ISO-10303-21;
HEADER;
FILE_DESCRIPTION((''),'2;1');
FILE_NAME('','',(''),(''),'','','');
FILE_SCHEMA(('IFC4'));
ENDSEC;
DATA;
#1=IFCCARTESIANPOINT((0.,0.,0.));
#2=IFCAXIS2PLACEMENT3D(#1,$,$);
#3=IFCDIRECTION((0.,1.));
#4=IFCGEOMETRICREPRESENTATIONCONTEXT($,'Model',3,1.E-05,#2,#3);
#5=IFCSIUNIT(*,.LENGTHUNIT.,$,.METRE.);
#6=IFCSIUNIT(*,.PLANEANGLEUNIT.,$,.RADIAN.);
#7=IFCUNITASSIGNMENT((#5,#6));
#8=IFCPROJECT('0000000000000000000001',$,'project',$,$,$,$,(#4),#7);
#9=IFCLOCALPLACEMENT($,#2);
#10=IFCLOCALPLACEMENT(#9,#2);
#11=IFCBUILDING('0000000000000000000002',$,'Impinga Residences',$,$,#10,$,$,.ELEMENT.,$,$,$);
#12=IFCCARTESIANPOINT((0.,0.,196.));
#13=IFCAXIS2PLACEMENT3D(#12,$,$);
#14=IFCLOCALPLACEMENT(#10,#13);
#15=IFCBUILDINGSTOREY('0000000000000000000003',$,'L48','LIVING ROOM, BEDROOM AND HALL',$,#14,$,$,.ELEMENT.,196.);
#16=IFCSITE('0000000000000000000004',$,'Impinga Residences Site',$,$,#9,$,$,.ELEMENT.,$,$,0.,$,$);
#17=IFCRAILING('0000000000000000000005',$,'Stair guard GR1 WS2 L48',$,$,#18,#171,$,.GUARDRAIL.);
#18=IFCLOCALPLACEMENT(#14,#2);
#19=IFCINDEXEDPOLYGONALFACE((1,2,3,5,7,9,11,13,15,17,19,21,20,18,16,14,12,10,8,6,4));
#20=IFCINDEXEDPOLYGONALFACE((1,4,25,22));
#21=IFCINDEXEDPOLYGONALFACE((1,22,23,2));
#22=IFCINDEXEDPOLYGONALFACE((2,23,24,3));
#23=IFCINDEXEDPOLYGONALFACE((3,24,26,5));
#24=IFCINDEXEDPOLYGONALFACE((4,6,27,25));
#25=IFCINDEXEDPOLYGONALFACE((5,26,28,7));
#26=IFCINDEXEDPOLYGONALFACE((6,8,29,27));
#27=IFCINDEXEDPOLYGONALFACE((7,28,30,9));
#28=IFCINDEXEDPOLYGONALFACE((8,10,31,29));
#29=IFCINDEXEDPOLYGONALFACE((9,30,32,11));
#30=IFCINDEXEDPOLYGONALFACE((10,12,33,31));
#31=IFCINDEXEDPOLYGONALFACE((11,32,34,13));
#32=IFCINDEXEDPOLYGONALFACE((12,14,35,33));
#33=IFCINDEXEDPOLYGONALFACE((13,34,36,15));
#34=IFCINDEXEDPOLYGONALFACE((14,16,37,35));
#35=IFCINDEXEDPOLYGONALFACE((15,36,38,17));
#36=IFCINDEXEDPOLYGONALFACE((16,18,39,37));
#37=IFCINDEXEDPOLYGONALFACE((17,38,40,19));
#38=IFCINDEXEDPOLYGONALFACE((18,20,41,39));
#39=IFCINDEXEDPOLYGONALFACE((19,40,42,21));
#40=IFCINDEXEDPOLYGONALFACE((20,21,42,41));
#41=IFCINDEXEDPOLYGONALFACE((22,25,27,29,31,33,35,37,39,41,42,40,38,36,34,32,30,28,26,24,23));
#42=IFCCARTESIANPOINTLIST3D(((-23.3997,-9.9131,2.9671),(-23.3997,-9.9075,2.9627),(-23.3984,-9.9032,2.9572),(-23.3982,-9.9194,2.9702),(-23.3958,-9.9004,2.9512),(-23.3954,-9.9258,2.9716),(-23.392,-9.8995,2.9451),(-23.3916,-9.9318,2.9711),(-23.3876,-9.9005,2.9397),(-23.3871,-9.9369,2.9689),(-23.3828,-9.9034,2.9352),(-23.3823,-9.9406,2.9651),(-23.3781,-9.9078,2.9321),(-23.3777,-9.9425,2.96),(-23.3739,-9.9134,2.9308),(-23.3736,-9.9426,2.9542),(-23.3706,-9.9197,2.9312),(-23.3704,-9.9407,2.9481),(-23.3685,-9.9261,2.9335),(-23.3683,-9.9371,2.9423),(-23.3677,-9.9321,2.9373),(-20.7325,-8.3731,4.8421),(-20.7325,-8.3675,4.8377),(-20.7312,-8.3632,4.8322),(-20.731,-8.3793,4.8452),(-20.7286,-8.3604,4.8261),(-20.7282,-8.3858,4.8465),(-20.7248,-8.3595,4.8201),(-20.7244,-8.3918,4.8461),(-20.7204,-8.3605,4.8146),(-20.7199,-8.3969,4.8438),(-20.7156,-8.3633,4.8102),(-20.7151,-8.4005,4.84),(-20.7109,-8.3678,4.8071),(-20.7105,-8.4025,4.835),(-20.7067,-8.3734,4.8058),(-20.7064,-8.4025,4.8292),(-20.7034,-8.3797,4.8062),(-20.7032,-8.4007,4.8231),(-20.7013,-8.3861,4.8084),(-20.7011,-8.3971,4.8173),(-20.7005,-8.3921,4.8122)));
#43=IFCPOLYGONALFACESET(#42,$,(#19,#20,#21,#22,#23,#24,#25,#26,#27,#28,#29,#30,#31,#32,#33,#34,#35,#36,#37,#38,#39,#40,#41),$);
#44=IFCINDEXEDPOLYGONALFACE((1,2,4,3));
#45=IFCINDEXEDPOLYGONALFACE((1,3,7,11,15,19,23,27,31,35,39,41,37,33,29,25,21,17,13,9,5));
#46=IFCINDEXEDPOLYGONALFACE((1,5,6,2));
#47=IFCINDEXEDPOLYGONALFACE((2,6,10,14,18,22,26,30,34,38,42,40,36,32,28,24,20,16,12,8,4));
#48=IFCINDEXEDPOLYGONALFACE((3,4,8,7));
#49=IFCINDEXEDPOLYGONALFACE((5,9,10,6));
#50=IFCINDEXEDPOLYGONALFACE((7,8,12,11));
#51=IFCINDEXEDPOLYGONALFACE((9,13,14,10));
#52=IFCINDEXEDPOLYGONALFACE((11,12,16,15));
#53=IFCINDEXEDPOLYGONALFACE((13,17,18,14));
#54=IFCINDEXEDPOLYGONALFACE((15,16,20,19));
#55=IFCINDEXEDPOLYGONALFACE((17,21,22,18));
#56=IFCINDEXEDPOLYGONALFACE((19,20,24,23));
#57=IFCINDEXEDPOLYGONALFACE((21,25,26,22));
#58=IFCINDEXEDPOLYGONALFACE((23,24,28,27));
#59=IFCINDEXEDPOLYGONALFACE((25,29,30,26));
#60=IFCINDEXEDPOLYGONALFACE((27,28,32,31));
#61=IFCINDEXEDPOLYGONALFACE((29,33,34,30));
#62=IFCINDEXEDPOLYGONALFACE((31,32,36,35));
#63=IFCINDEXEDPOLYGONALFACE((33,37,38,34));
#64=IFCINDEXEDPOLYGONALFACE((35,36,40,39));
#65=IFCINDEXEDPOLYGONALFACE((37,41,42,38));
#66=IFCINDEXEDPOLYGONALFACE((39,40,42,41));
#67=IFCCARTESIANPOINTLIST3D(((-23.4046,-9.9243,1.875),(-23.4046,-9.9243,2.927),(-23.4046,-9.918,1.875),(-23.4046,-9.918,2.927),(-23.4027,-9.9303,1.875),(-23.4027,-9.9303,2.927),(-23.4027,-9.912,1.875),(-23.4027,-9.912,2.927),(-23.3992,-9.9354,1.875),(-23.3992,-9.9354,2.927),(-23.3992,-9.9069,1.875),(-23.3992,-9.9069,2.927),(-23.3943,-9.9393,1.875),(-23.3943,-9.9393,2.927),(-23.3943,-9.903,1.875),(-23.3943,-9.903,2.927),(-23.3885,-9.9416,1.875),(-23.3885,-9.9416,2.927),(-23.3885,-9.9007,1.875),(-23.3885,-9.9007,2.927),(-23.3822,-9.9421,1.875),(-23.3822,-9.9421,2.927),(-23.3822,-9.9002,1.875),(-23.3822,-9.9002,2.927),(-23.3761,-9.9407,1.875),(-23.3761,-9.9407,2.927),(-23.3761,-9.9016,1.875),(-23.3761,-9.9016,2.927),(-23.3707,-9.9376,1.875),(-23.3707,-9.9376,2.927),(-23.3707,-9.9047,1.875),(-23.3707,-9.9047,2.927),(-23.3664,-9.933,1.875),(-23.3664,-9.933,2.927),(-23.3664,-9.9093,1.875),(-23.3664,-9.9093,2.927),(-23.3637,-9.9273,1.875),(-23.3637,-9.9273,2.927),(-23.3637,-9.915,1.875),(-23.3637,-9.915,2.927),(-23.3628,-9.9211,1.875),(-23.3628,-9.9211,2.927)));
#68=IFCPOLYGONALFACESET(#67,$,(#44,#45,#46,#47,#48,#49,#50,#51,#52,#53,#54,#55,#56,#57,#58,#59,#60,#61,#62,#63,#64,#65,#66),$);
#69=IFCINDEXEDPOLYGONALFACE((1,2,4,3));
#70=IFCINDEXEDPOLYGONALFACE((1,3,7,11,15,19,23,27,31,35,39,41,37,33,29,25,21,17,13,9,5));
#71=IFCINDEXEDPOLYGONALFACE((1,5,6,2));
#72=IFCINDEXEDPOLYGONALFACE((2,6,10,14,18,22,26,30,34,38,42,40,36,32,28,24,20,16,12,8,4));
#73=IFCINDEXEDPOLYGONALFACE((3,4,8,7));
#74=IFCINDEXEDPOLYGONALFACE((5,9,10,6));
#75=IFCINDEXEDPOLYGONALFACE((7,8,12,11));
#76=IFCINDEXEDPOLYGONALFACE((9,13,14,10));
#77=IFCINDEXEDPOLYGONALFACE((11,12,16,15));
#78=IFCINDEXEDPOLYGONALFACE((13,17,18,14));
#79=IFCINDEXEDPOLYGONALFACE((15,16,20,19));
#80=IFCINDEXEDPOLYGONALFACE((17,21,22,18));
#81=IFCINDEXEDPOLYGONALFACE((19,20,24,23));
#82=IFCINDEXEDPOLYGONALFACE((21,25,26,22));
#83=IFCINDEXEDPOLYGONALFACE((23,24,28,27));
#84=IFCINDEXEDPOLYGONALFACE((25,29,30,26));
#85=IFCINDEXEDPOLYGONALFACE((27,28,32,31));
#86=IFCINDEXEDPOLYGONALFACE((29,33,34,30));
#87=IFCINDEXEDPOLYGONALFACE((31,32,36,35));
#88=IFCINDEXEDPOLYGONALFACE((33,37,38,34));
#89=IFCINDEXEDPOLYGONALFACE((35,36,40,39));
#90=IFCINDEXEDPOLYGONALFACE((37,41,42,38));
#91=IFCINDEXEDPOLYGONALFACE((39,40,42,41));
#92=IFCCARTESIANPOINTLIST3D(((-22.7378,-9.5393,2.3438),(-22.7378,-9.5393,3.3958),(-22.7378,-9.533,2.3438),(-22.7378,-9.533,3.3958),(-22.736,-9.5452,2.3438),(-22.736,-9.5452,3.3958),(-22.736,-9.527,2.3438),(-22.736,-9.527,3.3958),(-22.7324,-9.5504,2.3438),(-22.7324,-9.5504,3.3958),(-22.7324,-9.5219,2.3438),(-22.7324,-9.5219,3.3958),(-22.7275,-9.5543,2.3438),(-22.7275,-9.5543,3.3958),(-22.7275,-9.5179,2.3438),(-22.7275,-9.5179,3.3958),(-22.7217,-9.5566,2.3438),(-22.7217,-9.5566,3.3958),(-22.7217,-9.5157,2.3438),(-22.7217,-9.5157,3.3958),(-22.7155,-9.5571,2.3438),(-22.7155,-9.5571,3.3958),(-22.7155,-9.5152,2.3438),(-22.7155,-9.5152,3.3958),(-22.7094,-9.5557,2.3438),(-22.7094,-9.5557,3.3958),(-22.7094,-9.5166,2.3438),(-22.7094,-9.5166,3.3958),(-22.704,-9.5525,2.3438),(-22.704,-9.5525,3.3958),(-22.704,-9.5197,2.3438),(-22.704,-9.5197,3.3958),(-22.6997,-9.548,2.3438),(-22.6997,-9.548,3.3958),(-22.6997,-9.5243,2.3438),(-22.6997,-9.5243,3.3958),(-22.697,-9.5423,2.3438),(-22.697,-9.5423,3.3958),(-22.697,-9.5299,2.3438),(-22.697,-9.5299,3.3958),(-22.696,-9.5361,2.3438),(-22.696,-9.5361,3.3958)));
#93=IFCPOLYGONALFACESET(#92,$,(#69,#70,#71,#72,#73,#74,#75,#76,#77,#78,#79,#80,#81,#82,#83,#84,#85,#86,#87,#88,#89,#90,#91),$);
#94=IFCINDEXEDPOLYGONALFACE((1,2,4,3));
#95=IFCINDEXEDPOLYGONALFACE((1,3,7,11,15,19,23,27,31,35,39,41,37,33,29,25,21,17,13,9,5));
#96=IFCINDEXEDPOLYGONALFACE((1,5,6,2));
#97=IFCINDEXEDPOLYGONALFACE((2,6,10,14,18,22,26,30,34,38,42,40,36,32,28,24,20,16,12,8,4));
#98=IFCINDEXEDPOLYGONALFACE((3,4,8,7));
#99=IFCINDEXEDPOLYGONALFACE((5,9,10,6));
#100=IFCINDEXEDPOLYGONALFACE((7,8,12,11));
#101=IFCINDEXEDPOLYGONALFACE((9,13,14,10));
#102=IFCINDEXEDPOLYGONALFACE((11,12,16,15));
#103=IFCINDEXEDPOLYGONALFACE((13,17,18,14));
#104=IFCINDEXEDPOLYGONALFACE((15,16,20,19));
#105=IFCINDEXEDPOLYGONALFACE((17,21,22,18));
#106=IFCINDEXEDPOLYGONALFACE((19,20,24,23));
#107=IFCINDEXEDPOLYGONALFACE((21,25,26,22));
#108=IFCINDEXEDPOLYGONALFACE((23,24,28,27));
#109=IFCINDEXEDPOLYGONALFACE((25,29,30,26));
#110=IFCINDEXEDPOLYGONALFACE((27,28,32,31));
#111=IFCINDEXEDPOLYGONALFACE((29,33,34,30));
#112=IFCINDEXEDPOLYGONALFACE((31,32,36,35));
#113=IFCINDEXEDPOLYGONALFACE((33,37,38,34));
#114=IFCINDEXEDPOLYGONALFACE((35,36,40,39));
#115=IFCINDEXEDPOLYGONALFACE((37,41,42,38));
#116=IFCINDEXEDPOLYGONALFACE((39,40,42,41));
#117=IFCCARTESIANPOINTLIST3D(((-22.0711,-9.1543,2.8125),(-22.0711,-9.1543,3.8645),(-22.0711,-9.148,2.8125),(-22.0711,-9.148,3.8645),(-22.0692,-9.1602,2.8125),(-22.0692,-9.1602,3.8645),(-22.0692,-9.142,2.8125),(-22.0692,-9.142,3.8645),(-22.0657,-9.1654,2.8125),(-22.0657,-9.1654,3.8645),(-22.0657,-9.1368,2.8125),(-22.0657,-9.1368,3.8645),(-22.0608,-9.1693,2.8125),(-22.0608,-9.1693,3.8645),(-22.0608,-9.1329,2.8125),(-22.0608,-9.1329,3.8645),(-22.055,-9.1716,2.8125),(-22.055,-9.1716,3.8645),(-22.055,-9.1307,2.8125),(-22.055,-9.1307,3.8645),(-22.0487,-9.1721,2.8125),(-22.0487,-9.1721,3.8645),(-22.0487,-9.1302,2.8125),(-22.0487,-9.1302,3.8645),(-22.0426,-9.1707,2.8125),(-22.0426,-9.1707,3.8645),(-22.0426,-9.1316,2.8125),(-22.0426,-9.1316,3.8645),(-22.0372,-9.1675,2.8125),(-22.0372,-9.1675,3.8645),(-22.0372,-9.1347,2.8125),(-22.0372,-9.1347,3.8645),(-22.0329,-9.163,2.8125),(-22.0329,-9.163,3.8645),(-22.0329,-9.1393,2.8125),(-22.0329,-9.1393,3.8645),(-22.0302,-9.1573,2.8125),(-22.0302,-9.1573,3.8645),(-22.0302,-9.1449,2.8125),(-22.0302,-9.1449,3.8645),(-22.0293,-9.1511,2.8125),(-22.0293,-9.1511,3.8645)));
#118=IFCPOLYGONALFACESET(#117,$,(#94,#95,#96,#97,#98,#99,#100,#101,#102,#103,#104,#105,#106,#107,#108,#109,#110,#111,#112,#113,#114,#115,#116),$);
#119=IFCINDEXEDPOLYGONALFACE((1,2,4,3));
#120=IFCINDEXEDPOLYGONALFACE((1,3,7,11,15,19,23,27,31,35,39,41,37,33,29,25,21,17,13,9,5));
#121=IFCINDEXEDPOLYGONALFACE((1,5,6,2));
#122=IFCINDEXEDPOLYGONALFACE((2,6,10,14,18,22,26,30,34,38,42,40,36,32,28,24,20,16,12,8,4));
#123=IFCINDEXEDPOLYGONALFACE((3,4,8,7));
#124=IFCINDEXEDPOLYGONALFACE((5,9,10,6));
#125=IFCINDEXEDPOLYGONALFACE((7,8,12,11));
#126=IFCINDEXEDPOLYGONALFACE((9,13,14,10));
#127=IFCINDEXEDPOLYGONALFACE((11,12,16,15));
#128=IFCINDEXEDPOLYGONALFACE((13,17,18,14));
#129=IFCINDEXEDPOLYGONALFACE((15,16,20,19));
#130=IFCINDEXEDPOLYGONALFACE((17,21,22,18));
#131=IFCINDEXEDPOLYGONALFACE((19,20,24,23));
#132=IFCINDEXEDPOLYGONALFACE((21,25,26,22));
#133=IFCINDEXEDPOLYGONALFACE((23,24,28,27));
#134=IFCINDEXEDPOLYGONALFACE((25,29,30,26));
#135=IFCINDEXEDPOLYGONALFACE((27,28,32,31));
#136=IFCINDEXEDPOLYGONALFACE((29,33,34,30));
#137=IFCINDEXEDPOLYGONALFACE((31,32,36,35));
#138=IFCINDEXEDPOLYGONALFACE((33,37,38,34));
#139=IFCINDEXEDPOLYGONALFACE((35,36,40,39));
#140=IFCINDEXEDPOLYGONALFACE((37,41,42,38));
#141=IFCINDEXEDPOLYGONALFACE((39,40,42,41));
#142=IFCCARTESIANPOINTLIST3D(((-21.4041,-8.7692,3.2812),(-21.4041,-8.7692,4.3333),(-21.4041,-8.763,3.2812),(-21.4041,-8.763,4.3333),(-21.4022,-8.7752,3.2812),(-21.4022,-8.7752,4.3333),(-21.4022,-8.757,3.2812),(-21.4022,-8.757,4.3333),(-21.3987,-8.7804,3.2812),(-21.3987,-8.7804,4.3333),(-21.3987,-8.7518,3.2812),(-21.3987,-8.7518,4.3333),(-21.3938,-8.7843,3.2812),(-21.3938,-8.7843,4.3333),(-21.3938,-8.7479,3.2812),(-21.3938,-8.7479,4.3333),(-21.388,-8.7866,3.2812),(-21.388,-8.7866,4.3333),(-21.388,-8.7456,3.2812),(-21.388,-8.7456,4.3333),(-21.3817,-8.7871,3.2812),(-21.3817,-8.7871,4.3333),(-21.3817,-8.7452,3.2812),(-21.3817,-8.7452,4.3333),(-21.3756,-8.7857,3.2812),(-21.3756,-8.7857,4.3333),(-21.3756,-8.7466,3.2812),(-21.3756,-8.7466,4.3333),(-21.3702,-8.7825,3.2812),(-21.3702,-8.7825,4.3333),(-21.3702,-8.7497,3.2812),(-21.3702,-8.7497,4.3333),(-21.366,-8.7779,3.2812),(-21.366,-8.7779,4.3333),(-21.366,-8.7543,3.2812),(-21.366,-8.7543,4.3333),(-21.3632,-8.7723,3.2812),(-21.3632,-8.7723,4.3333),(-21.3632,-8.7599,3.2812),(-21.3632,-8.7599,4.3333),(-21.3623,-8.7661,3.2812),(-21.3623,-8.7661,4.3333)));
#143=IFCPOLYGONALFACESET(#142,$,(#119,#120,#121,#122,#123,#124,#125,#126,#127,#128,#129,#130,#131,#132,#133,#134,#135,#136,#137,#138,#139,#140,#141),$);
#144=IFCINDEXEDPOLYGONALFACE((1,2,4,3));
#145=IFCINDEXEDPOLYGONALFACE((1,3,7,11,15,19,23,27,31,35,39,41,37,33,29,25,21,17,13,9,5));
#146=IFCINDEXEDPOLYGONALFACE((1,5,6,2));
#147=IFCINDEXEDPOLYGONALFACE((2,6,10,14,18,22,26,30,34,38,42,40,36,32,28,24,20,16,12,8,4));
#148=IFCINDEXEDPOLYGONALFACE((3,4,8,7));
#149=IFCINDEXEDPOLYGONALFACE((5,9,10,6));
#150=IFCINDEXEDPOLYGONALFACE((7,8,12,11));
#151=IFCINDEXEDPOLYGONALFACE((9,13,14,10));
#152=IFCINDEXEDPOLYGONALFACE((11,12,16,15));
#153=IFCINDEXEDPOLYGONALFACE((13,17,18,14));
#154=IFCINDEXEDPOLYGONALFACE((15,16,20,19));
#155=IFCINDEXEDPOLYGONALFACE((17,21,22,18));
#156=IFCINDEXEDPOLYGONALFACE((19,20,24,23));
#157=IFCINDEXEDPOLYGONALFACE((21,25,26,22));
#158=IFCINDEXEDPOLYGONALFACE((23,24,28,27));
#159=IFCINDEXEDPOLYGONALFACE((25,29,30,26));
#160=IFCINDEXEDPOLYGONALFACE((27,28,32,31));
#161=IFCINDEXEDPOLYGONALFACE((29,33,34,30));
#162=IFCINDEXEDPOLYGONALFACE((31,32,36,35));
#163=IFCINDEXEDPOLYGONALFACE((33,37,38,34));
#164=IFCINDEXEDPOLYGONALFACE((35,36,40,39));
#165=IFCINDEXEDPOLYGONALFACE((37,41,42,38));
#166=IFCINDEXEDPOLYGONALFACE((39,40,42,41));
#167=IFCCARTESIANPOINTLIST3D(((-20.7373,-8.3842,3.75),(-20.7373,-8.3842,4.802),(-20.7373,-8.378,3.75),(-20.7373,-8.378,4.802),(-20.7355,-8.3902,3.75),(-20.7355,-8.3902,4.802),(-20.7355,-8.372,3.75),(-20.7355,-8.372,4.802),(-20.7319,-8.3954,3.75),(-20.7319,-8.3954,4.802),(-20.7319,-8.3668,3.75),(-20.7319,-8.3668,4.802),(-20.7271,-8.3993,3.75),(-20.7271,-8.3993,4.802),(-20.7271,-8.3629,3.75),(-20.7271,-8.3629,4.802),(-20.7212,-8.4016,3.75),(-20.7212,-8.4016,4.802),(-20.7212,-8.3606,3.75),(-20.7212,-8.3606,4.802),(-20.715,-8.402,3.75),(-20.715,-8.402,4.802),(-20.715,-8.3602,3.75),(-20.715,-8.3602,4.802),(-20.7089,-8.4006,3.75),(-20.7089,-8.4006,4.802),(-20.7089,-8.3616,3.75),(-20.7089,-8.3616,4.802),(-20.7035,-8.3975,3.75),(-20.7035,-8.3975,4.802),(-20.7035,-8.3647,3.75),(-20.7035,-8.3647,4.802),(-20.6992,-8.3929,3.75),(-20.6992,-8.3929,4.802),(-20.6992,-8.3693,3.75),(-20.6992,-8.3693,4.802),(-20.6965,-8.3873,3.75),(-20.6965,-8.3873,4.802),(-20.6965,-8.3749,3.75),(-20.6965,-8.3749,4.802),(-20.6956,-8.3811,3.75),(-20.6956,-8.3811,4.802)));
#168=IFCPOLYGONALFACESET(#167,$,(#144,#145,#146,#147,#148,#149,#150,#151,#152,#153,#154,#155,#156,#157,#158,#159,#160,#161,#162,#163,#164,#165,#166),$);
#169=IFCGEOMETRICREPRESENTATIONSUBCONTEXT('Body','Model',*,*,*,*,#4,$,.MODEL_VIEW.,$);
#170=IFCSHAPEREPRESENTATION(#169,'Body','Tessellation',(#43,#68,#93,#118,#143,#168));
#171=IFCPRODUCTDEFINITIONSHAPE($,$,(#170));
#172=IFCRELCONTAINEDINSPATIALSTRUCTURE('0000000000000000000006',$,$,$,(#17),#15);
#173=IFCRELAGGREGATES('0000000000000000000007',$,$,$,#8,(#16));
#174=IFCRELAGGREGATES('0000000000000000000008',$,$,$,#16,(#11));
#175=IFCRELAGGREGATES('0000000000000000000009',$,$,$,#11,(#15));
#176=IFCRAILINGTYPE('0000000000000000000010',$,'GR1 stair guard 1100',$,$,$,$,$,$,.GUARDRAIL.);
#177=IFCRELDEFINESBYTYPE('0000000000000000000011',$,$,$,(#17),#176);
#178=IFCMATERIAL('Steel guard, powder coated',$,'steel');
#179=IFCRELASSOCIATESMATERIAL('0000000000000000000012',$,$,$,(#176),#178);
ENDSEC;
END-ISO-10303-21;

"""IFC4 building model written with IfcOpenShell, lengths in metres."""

from ifc_helpers import new_model, si_unit, direction, frame, origin, origin_2d, place, context, subcontext, project, spatial, circle, extrude, material, type_object, element, save


model = new_model("IFC4")

# Units and contexts
model_context = context("Model", 3, precision=1e-05, world=origin(), true_north=direction((0.0, 1.0)))
body_context = subcontext(model_context, "Body", "Model", "MODEL_VIEW")
ifc_project = project(units=[si_unit("LENGTHUNIT", "METRE"), si_unit("PLANEANGLEUNIT", "RADIAN")], contexts=[model_context])

# Site, building, storey
site_placement = place(None, origin())
site = spatial("IfcSite", under=ifc_project, at=site_placement, Name="Impinga Residences Site", CompositionType="ELEMENT", RefElevation=0.0)
building_placement = place(site_placement, origin())
building = spatial("IfcBuilding", under=site, at=building_placement, Name="Impinga Residences", CompositionType="ELEMENT")
storey_placement = place(building_placement, frame((0.0, 0.0, 196.0)))
storey = spatial("IfcBuildingStorey", under=building, at=storey_placement, Name="L48", Description="LIVING ROOM, BEDROOM AND HALL", CompositionType="ELEMENT", Elevation=196.0)

# Railing
ifc_material_1 = material(Name="Steel guard, powder coated", Category="steel")
railing_type_1 = type_object("IfcRailingType", Name="GR1 stair guard 1100", PredefinedType="GUARDRAIL", material=ifc_material_1)
railing_1_placement = place(storey_placement, frame((-23.3838, -9.9211, 1.875)))
element("IfcRailing", 1, at=railing_1_placement, inside=storey, type_object=railing_type_1, Name="Stair guard GR1 WS2 L48", PredefinedType="GUARDRAIL", context=body_context, shape_type="SweptSolid", body=[
    extrude(circle(Radius=0.0239, at=origin_2d()), frame((0.0, 0.0, 1.0762), z_axis=(0.739716, 0.427105, 0.520002), x_axis=(-0.500027, 0.86601, 0.0)), (0.0, 0.0, 1.0), 3.6057),
    extrude(circle(Radius=0.021, at=origin_2d()), origin(), (0.0, 0.0, 1.0), 1.052),
    extrude(circle(Radius=0.021, at=origin_2d()), frame((0.6667, 0.385, 0.4688)), (0.0, 0.0, 1.0), 1.052),
    extrude(circle(Radius=0.021, at=origin_2d()), frame((1.3335, 0.77, 0.9375)), (0.0, 0.0, 1.0), 1.052),
    extrude(circle(Radius=0.021, at=origin_2d()), frame((2.0005, 1.155, 1.4062)), (0.0, 0.0, 1.0), 1.052),
    extrude(circle(Radius=0.021, at=origin_2d()), frame((2.6672, 1.54, 1.875)), (0.0, 0.0, 1.0), 1.052),
])

save(model, "model.ifc")
